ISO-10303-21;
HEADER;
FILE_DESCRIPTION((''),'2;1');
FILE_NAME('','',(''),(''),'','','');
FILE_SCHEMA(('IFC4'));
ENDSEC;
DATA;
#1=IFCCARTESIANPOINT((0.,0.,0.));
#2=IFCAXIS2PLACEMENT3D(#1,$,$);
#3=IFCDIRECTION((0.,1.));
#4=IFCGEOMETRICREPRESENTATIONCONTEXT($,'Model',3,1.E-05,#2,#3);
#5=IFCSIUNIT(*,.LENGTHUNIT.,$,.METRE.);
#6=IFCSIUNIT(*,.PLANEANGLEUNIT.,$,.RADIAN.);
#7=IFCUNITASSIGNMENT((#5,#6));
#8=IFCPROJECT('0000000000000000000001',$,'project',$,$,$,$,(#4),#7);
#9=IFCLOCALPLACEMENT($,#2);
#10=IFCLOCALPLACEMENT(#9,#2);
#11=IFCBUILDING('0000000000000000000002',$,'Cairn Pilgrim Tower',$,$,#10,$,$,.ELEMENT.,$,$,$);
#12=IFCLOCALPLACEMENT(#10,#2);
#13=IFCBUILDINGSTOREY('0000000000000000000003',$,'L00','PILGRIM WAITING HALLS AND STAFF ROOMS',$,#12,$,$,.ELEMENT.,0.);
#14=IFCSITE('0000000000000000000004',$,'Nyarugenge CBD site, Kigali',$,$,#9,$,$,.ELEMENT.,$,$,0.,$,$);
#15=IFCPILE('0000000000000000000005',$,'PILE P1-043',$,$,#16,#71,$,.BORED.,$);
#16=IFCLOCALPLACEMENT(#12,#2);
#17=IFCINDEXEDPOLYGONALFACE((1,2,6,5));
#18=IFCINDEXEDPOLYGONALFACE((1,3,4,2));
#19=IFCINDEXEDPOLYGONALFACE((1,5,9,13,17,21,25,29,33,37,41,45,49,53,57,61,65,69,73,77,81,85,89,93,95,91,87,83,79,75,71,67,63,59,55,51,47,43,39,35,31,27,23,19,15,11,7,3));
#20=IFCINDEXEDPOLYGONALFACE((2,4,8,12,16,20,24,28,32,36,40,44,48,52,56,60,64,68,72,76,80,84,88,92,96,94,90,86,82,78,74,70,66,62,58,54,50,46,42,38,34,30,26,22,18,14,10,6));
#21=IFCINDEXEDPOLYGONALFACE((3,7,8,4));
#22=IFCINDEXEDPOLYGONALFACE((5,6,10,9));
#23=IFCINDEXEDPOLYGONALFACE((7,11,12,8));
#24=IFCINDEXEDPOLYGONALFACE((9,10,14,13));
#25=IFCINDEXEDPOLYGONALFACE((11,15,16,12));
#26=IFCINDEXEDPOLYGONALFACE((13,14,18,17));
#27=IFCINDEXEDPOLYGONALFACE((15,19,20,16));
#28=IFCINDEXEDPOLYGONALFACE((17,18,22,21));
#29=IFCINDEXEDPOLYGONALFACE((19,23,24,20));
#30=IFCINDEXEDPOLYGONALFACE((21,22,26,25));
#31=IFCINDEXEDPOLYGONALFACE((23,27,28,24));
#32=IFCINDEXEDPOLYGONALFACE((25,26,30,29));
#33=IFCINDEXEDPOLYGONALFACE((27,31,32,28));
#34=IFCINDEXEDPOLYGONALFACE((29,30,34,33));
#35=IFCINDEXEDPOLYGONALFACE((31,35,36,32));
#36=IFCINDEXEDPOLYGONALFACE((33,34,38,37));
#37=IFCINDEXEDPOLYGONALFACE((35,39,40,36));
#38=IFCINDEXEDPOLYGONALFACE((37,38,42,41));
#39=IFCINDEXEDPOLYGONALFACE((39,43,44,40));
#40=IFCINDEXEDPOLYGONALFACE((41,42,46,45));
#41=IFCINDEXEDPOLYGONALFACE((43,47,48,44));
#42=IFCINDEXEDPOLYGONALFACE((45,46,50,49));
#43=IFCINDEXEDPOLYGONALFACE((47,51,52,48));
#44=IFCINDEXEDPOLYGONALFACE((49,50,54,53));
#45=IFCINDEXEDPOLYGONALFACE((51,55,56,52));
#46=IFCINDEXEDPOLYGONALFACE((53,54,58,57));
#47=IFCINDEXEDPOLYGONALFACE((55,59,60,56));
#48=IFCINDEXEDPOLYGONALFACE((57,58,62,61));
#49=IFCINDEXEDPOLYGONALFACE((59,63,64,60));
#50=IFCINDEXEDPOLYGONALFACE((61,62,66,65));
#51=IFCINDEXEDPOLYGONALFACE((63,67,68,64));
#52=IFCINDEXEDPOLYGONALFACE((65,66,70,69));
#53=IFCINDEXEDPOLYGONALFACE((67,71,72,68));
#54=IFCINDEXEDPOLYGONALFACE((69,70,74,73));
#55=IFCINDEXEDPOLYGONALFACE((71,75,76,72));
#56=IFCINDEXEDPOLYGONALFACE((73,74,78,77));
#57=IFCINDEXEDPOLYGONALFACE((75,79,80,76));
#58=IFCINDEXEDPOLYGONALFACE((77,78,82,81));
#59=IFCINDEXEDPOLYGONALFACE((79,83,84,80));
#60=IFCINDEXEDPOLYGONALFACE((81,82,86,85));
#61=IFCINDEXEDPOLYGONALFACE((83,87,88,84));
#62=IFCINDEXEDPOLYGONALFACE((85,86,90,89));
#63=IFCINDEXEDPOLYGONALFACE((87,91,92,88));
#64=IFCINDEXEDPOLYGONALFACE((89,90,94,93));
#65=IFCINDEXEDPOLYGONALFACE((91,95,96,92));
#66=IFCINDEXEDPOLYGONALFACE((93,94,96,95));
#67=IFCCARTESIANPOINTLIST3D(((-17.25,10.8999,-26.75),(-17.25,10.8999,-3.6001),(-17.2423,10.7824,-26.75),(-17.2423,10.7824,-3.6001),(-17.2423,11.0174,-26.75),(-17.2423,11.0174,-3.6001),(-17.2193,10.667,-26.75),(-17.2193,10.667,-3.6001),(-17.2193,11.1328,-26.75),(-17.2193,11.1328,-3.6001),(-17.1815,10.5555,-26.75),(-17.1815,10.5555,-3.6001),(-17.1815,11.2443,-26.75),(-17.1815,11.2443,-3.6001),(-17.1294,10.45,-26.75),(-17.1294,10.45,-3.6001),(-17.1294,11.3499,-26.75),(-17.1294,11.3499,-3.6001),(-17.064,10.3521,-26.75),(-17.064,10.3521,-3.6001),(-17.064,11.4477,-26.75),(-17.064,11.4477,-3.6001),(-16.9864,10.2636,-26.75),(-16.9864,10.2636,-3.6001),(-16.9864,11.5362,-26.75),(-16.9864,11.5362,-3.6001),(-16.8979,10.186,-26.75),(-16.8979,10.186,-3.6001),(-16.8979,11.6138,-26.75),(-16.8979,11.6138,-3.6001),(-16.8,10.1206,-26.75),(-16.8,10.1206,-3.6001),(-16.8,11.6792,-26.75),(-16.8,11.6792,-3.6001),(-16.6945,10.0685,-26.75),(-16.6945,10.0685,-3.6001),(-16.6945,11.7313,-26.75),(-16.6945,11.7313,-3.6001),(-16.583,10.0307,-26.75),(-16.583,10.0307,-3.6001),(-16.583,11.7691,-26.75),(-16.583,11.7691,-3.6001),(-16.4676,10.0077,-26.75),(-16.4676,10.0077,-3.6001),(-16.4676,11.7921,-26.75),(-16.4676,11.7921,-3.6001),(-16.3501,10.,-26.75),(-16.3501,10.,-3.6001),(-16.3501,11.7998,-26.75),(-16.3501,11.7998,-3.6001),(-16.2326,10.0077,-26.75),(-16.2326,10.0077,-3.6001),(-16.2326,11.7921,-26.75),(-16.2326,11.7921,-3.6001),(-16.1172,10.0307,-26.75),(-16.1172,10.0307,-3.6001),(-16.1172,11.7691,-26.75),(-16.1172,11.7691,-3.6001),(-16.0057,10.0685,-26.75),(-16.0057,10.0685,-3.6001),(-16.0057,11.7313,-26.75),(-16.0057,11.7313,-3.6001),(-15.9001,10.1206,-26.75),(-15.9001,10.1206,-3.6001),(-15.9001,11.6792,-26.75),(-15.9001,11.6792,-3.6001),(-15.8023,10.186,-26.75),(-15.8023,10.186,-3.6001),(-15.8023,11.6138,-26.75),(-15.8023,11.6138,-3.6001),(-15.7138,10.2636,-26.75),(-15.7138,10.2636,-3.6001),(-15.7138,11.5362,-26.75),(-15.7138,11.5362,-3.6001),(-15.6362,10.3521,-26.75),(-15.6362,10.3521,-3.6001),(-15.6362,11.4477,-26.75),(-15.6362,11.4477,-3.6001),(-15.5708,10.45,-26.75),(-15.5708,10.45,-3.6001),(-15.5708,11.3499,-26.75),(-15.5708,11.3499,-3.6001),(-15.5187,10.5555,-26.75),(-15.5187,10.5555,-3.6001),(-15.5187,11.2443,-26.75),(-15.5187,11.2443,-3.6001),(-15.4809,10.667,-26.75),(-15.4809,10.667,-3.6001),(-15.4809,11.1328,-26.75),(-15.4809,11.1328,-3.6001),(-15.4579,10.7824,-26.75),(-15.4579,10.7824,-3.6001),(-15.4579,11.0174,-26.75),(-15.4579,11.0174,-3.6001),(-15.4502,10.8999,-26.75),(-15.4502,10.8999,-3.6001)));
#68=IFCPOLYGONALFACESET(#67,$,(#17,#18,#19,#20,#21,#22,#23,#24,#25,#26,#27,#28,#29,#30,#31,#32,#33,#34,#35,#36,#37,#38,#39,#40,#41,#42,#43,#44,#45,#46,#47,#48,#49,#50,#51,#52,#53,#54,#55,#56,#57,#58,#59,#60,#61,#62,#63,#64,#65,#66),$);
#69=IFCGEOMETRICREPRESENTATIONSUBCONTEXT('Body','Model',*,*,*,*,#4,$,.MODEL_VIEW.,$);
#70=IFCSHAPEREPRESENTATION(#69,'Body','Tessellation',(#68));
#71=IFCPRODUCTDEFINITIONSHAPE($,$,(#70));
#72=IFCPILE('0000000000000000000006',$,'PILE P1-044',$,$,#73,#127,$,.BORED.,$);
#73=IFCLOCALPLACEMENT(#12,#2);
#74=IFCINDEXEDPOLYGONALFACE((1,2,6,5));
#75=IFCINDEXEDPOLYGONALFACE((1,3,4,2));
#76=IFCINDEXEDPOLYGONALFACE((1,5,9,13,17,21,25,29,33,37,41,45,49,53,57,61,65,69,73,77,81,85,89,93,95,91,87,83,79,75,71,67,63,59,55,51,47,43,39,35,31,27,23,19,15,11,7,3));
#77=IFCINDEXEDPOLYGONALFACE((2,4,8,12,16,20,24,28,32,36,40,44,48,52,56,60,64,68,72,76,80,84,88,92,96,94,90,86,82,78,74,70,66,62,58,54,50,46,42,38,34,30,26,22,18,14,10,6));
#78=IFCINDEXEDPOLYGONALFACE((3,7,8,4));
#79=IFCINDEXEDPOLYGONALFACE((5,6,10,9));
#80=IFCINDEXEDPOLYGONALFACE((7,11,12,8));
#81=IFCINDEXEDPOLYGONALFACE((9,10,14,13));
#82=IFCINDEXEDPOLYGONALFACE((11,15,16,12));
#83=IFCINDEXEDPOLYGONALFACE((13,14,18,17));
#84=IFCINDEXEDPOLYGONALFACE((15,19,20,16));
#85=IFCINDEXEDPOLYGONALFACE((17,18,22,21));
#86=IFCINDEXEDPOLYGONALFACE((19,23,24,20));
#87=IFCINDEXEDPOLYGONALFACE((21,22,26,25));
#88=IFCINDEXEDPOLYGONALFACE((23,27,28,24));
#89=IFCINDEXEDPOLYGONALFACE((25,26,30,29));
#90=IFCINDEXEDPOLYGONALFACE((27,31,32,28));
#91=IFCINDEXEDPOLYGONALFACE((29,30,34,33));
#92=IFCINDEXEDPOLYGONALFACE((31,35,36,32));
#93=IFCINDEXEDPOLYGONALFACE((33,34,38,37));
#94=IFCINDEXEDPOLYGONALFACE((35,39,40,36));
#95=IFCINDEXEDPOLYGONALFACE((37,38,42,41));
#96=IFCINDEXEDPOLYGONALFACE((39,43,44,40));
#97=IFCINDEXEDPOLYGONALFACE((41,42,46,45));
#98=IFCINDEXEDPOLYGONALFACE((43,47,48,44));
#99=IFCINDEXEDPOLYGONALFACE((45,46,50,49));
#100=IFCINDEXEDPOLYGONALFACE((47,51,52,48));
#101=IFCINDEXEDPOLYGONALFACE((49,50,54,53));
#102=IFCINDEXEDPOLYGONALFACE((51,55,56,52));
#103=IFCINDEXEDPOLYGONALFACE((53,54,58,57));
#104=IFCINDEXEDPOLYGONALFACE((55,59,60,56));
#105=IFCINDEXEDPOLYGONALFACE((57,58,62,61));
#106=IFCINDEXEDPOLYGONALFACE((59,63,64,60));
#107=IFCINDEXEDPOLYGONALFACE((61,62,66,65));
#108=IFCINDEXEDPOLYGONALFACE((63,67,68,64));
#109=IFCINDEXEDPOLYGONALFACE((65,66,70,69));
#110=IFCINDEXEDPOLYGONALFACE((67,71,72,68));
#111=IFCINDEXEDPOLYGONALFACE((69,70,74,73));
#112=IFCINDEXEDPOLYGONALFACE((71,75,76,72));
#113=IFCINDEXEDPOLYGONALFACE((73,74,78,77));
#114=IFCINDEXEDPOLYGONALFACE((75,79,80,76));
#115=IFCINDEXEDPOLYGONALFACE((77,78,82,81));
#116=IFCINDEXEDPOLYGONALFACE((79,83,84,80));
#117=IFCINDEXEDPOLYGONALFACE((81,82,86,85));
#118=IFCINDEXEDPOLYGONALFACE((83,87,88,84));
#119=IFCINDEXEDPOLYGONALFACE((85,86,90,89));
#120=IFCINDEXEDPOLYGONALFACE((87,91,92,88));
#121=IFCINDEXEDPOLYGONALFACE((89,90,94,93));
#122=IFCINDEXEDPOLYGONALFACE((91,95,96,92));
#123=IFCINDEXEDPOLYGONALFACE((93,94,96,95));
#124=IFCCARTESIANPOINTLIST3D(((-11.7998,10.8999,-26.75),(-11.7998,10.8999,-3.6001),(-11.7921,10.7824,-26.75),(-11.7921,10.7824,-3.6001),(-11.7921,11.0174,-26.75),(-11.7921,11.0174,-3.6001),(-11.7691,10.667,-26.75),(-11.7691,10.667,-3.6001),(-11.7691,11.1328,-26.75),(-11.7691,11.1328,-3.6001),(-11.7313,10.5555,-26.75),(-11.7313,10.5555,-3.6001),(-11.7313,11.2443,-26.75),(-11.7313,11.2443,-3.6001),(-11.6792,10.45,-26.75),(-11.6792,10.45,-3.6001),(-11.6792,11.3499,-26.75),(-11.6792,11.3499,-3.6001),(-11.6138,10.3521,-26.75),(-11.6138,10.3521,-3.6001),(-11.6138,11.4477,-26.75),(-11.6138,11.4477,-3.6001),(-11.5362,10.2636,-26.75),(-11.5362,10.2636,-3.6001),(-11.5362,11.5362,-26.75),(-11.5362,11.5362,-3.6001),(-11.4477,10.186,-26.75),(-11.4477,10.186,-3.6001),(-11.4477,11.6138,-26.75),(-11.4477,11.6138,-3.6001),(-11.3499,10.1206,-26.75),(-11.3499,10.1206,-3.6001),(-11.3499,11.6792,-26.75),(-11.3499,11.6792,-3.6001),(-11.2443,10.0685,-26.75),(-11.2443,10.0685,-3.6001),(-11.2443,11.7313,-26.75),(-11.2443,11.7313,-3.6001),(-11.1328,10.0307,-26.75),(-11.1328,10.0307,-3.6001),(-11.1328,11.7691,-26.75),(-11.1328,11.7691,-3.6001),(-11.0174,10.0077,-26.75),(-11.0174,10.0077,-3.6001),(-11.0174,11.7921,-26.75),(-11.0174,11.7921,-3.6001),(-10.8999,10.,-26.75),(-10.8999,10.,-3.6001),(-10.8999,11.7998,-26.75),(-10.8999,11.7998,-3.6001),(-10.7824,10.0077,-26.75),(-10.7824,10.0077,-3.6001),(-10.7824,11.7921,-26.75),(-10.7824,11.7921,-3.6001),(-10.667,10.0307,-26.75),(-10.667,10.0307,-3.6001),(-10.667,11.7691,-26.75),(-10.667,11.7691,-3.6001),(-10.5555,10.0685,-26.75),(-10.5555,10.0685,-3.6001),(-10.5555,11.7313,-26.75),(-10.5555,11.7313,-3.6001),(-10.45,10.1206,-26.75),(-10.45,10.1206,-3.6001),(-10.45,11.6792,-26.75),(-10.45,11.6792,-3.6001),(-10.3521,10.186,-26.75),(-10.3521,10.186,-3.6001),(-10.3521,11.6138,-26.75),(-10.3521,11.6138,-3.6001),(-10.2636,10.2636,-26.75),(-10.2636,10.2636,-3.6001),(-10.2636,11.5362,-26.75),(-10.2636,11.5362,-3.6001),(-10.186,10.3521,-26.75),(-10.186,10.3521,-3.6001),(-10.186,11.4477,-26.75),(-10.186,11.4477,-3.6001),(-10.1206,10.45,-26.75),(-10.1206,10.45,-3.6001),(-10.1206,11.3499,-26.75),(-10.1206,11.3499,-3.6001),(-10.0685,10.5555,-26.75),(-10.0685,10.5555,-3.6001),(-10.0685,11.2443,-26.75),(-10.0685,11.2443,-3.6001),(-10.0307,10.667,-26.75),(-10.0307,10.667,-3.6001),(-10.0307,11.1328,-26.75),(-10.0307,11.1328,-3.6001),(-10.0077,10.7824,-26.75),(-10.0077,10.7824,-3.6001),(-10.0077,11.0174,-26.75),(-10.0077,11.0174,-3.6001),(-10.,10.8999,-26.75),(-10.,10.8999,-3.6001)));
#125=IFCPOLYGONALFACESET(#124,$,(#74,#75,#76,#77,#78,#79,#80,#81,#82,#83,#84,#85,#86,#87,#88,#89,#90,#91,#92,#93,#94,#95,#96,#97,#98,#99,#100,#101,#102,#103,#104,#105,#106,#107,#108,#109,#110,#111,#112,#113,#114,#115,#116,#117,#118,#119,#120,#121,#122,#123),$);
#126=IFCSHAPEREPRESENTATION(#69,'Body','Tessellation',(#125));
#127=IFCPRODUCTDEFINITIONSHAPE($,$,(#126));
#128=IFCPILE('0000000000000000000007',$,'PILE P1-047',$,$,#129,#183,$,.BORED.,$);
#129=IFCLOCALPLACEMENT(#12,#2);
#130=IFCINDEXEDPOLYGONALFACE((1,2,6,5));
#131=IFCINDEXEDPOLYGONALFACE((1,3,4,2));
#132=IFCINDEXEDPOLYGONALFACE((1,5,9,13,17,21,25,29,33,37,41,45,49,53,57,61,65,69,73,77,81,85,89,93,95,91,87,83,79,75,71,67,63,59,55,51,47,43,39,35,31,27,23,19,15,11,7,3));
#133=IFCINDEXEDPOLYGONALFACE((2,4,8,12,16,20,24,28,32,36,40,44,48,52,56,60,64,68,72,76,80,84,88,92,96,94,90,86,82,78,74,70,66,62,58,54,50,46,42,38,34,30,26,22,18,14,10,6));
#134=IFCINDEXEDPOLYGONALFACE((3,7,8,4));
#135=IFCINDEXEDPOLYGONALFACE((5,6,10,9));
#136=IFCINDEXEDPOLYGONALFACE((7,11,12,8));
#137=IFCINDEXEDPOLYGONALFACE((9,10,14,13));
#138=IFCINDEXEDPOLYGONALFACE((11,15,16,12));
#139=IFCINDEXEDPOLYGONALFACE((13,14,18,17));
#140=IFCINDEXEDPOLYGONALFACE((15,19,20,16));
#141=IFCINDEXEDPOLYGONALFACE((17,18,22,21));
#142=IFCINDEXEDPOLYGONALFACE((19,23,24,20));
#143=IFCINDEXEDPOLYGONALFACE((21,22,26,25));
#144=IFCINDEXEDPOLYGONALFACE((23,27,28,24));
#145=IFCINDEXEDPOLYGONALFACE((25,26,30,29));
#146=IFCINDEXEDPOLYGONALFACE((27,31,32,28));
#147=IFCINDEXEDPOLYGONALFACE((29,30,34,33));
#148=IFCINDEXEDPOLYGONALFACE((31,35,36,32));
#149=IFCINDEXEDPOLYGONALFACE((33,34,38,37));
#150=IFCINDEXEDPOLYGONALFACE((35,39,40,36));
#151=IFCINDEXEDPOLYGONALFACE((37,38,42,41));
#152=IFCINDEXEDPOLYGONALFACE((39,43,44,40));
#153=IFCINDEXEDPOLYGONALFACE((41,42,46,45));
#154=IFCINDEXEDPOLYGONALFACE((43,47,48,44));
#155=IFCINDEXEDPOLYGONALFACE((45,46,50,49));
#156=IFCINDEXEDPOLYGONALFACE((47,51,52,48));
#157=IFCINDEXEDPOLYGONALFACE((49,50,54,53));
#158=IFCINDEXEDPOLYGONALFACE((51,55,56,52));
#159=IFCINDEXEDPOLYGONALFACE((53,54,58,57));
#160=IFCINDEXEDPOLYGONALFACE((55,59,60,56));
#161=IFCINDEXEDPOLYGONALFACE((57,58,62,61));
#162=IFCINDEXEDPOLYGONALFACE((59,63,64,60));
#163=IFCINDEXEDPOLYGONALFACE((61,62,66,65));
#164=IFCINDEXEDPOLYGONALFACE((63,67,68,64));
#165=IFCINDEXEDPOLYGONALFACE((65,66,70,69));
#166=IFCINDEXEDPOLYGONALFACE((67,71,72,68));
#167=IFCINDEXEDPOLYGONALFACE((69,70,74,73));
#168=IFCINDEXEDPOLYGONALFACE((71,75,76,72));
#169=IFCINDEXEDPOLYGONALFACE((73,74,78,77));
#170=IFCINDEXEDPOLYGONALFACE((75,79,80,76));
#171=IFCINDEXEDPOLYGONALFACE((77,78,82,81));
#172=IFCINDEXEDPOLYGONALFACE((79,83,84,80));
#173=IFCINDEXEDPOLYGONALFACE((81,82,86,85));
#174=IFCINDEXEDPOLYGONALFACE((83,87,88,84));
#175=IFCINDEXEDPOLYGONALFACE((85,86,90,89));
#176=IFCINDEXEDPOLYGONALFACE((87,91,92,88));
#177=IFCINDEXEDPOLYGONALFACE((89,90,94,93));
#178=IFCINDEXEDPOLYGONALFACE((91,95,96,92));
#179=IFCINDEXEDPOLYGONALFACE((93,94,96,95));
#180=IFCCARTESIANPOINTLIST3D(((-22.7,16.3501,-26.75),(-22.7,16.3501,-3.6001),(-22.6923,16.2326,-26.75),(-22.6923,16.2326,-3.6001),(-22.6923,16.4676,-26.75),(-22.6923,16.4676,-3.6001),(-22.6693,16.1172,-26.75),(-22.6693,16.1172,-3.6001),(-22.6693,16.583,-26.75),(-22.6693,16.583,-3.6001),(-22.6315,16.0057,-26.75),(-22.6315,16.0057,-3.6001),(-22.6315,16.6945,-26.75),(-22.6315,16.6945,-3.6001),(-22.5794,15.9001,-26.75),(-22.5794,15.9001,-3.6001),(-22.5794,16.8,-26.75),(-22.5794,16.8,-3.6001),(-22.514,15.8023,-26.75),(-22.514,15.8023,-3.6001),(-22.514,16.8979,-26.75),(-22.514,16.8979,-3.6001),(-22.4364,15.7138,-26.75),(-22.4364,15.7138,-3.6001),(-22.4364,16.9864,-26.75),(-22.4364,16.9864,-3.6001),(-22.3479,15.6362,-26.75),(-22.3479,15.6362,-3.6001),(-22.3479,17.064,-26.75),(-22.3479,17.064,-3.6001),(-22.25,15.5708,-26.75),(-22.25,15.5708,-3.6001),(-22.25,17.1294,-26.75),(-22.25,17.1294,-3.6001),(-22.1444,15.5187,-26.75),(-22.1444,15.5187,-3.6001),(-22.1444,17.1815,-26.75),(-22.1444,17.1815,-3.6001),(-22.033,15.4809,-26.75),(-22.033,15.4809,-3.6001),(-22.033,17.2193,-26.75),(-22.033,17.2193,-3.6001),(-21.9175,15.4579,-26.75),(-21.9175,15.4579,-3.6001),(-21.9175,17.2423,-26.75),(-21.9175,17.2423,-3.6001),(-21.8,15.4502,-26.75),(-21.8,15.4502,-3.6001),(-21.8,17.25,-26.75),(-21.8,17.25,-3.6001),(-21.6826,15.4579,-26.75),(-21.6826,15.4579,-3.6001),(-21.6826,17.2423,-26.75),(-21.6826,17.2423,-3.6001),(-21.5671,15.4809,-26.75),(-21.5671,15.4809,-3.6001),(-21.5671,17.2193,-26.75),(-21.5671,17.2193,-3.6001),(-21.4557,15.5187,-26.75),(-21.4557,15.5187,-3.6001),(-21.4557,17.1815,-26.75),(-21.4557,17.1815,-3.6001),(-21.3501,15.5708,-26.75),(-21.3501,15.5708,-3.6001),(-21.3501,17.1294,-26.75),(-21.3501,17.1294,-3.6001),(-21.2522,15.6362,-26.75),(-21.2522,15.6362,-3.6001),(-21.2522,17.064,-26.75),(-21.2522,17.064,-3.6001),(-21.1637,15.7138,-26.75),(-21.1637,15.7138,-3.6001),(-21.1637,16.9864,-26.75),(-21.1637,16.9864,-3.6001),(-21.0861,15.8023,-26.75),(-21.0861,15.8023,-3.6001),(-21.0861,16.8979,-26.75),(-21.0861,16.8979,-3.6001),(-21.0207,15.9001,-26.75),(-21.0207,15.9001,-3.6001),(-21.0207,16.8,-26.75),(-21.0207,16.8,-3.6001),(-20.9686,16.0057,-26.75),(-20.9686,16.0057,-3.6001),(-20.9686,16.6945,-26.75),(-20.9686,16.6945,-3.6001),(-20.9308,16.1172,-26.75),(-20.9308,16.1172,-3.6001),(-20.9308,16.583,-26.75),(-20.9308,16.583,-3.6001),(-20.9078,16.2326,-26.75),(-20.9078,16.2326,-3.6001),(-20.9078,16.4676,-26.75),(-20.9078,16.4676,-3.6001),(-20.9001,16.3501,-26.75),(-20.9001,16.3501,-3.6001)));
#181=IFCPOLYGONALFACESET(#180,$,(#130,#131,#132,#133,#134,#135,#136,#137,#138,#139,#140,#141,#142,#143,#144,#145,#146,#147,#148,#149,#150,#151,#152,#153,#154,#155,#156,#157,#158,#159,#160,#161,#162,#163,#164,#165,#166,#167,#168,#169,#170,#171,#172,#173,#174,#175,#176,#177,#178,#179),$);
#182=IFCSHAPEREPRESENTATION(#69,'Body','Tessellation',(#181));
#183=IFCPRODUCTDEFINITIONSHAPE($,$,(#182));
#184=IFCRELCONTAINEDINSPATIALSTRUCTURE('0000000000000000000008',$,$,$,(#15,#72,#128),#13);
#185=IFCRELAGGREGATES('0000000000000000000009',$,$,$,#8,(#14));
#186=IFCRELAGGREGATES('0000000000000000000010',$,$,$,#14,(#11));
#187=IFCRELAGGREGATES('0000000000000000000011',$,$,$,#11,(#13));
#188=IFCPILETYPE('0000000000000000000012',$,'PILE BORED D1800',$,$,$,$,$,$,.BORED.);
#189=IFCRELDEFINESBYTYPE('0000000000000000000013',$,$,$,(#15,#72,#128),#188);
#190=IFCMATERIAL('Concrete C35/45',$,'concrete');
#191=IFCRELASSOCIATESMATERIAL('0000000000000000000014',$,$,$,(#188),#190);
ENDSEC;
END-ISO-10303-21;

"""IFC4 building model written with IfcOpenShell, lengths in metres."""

from ifc_helpers import new_model, si_unit, direction, frame, origin, origin_2d, place, context, subcontext, project, spatial, circle, extrude, material, material_profile, profile_set, type_object, element, save


model = new_model("IFC4")

# Units and contexts
model_context = context("Model", 3, precision=1e-05, world=origin(), true_north=direction((0.0, 1.0)))
body_context = subcontext(model_context, "Body", "Model", "MODEL_VIEW")
ifc_project = project(units=[si_unit("LENGTHUNIT", "METRE"), si_unit("PLANEANGLEUNIT", "RADIAN")], contexts=[model_context])

# Site, building, storey
site_placement = place(None, origin())
site = spatial("IfcSite", under=ifc_project, at=site_placement, Name="Nyarugenge CBD site, Kigali", CompositionType="ELEMENT", RefElevation=0.0)
building_placement = place(site_placement, origin())
building = spatial("IfcBuilding", under=site, at=building_placement, Name="Cairn Pilgrim Tower", CompositionType="ELEMENT")
storey_placement = place(building_placement, origin())
storey = spatial("IfcBuildingStorey", under=building, at=storey_placement, Name="L00", Description="PILGRIM WAITING HALLS AND STAFF ROOMS", CompositionType="ELEMENT", Elevation=0.0)

# Piles
ifc_material_1 = material(Name="Concrete C35/45", Category="concrete")
ifc_material_profile_1 = material_profile(ifc_material_1, circle(Radius=0.8999, at=origin_2d()), Name="D1800")
ifc_profile_set_1 = profile_set([ifc_material_profile_1], Name="Concrete C35/45")
pile_type = type_object("IfcPileType", Name="PILE BORED D1800", PredefinedType="BORED", material=ifc_profile_set_1)
for number, where, z_axis, x_axis, name in (
    (1, (-16.3501, 10.8999, -3.6001), (0.0, 0.0, -1.0), (1.0, 0.0, 0.0), "PILE P1-043"),
    (2, (-10.8999, 10.8999, -3.6001), (0.0, 0.0, -1.0), (1.0, 0.0, 0.0), "PILE P1-044"),
    (3, (-21.8, 16.3501, -3.6001), (0.0, 0.0, -1.0), (1.0, 0.0, 0.0), "PILE P1-047"),
):
    element("IfcPile", number, at=place(storey_placement, frame(where, z_axis=z_axis, x_axis=x_axis)), inside=storey, type_object=pile_type, Name=name, PredefinedType="BORED", context=body_context, shape_type="SweptSolid", body=[
        extrude(circle(Radius=0.8999, at=origin_2d()), origin(), (0.0, 0.0, 1.0), 23.1499),
    ])

save(model, "model.ifc")
